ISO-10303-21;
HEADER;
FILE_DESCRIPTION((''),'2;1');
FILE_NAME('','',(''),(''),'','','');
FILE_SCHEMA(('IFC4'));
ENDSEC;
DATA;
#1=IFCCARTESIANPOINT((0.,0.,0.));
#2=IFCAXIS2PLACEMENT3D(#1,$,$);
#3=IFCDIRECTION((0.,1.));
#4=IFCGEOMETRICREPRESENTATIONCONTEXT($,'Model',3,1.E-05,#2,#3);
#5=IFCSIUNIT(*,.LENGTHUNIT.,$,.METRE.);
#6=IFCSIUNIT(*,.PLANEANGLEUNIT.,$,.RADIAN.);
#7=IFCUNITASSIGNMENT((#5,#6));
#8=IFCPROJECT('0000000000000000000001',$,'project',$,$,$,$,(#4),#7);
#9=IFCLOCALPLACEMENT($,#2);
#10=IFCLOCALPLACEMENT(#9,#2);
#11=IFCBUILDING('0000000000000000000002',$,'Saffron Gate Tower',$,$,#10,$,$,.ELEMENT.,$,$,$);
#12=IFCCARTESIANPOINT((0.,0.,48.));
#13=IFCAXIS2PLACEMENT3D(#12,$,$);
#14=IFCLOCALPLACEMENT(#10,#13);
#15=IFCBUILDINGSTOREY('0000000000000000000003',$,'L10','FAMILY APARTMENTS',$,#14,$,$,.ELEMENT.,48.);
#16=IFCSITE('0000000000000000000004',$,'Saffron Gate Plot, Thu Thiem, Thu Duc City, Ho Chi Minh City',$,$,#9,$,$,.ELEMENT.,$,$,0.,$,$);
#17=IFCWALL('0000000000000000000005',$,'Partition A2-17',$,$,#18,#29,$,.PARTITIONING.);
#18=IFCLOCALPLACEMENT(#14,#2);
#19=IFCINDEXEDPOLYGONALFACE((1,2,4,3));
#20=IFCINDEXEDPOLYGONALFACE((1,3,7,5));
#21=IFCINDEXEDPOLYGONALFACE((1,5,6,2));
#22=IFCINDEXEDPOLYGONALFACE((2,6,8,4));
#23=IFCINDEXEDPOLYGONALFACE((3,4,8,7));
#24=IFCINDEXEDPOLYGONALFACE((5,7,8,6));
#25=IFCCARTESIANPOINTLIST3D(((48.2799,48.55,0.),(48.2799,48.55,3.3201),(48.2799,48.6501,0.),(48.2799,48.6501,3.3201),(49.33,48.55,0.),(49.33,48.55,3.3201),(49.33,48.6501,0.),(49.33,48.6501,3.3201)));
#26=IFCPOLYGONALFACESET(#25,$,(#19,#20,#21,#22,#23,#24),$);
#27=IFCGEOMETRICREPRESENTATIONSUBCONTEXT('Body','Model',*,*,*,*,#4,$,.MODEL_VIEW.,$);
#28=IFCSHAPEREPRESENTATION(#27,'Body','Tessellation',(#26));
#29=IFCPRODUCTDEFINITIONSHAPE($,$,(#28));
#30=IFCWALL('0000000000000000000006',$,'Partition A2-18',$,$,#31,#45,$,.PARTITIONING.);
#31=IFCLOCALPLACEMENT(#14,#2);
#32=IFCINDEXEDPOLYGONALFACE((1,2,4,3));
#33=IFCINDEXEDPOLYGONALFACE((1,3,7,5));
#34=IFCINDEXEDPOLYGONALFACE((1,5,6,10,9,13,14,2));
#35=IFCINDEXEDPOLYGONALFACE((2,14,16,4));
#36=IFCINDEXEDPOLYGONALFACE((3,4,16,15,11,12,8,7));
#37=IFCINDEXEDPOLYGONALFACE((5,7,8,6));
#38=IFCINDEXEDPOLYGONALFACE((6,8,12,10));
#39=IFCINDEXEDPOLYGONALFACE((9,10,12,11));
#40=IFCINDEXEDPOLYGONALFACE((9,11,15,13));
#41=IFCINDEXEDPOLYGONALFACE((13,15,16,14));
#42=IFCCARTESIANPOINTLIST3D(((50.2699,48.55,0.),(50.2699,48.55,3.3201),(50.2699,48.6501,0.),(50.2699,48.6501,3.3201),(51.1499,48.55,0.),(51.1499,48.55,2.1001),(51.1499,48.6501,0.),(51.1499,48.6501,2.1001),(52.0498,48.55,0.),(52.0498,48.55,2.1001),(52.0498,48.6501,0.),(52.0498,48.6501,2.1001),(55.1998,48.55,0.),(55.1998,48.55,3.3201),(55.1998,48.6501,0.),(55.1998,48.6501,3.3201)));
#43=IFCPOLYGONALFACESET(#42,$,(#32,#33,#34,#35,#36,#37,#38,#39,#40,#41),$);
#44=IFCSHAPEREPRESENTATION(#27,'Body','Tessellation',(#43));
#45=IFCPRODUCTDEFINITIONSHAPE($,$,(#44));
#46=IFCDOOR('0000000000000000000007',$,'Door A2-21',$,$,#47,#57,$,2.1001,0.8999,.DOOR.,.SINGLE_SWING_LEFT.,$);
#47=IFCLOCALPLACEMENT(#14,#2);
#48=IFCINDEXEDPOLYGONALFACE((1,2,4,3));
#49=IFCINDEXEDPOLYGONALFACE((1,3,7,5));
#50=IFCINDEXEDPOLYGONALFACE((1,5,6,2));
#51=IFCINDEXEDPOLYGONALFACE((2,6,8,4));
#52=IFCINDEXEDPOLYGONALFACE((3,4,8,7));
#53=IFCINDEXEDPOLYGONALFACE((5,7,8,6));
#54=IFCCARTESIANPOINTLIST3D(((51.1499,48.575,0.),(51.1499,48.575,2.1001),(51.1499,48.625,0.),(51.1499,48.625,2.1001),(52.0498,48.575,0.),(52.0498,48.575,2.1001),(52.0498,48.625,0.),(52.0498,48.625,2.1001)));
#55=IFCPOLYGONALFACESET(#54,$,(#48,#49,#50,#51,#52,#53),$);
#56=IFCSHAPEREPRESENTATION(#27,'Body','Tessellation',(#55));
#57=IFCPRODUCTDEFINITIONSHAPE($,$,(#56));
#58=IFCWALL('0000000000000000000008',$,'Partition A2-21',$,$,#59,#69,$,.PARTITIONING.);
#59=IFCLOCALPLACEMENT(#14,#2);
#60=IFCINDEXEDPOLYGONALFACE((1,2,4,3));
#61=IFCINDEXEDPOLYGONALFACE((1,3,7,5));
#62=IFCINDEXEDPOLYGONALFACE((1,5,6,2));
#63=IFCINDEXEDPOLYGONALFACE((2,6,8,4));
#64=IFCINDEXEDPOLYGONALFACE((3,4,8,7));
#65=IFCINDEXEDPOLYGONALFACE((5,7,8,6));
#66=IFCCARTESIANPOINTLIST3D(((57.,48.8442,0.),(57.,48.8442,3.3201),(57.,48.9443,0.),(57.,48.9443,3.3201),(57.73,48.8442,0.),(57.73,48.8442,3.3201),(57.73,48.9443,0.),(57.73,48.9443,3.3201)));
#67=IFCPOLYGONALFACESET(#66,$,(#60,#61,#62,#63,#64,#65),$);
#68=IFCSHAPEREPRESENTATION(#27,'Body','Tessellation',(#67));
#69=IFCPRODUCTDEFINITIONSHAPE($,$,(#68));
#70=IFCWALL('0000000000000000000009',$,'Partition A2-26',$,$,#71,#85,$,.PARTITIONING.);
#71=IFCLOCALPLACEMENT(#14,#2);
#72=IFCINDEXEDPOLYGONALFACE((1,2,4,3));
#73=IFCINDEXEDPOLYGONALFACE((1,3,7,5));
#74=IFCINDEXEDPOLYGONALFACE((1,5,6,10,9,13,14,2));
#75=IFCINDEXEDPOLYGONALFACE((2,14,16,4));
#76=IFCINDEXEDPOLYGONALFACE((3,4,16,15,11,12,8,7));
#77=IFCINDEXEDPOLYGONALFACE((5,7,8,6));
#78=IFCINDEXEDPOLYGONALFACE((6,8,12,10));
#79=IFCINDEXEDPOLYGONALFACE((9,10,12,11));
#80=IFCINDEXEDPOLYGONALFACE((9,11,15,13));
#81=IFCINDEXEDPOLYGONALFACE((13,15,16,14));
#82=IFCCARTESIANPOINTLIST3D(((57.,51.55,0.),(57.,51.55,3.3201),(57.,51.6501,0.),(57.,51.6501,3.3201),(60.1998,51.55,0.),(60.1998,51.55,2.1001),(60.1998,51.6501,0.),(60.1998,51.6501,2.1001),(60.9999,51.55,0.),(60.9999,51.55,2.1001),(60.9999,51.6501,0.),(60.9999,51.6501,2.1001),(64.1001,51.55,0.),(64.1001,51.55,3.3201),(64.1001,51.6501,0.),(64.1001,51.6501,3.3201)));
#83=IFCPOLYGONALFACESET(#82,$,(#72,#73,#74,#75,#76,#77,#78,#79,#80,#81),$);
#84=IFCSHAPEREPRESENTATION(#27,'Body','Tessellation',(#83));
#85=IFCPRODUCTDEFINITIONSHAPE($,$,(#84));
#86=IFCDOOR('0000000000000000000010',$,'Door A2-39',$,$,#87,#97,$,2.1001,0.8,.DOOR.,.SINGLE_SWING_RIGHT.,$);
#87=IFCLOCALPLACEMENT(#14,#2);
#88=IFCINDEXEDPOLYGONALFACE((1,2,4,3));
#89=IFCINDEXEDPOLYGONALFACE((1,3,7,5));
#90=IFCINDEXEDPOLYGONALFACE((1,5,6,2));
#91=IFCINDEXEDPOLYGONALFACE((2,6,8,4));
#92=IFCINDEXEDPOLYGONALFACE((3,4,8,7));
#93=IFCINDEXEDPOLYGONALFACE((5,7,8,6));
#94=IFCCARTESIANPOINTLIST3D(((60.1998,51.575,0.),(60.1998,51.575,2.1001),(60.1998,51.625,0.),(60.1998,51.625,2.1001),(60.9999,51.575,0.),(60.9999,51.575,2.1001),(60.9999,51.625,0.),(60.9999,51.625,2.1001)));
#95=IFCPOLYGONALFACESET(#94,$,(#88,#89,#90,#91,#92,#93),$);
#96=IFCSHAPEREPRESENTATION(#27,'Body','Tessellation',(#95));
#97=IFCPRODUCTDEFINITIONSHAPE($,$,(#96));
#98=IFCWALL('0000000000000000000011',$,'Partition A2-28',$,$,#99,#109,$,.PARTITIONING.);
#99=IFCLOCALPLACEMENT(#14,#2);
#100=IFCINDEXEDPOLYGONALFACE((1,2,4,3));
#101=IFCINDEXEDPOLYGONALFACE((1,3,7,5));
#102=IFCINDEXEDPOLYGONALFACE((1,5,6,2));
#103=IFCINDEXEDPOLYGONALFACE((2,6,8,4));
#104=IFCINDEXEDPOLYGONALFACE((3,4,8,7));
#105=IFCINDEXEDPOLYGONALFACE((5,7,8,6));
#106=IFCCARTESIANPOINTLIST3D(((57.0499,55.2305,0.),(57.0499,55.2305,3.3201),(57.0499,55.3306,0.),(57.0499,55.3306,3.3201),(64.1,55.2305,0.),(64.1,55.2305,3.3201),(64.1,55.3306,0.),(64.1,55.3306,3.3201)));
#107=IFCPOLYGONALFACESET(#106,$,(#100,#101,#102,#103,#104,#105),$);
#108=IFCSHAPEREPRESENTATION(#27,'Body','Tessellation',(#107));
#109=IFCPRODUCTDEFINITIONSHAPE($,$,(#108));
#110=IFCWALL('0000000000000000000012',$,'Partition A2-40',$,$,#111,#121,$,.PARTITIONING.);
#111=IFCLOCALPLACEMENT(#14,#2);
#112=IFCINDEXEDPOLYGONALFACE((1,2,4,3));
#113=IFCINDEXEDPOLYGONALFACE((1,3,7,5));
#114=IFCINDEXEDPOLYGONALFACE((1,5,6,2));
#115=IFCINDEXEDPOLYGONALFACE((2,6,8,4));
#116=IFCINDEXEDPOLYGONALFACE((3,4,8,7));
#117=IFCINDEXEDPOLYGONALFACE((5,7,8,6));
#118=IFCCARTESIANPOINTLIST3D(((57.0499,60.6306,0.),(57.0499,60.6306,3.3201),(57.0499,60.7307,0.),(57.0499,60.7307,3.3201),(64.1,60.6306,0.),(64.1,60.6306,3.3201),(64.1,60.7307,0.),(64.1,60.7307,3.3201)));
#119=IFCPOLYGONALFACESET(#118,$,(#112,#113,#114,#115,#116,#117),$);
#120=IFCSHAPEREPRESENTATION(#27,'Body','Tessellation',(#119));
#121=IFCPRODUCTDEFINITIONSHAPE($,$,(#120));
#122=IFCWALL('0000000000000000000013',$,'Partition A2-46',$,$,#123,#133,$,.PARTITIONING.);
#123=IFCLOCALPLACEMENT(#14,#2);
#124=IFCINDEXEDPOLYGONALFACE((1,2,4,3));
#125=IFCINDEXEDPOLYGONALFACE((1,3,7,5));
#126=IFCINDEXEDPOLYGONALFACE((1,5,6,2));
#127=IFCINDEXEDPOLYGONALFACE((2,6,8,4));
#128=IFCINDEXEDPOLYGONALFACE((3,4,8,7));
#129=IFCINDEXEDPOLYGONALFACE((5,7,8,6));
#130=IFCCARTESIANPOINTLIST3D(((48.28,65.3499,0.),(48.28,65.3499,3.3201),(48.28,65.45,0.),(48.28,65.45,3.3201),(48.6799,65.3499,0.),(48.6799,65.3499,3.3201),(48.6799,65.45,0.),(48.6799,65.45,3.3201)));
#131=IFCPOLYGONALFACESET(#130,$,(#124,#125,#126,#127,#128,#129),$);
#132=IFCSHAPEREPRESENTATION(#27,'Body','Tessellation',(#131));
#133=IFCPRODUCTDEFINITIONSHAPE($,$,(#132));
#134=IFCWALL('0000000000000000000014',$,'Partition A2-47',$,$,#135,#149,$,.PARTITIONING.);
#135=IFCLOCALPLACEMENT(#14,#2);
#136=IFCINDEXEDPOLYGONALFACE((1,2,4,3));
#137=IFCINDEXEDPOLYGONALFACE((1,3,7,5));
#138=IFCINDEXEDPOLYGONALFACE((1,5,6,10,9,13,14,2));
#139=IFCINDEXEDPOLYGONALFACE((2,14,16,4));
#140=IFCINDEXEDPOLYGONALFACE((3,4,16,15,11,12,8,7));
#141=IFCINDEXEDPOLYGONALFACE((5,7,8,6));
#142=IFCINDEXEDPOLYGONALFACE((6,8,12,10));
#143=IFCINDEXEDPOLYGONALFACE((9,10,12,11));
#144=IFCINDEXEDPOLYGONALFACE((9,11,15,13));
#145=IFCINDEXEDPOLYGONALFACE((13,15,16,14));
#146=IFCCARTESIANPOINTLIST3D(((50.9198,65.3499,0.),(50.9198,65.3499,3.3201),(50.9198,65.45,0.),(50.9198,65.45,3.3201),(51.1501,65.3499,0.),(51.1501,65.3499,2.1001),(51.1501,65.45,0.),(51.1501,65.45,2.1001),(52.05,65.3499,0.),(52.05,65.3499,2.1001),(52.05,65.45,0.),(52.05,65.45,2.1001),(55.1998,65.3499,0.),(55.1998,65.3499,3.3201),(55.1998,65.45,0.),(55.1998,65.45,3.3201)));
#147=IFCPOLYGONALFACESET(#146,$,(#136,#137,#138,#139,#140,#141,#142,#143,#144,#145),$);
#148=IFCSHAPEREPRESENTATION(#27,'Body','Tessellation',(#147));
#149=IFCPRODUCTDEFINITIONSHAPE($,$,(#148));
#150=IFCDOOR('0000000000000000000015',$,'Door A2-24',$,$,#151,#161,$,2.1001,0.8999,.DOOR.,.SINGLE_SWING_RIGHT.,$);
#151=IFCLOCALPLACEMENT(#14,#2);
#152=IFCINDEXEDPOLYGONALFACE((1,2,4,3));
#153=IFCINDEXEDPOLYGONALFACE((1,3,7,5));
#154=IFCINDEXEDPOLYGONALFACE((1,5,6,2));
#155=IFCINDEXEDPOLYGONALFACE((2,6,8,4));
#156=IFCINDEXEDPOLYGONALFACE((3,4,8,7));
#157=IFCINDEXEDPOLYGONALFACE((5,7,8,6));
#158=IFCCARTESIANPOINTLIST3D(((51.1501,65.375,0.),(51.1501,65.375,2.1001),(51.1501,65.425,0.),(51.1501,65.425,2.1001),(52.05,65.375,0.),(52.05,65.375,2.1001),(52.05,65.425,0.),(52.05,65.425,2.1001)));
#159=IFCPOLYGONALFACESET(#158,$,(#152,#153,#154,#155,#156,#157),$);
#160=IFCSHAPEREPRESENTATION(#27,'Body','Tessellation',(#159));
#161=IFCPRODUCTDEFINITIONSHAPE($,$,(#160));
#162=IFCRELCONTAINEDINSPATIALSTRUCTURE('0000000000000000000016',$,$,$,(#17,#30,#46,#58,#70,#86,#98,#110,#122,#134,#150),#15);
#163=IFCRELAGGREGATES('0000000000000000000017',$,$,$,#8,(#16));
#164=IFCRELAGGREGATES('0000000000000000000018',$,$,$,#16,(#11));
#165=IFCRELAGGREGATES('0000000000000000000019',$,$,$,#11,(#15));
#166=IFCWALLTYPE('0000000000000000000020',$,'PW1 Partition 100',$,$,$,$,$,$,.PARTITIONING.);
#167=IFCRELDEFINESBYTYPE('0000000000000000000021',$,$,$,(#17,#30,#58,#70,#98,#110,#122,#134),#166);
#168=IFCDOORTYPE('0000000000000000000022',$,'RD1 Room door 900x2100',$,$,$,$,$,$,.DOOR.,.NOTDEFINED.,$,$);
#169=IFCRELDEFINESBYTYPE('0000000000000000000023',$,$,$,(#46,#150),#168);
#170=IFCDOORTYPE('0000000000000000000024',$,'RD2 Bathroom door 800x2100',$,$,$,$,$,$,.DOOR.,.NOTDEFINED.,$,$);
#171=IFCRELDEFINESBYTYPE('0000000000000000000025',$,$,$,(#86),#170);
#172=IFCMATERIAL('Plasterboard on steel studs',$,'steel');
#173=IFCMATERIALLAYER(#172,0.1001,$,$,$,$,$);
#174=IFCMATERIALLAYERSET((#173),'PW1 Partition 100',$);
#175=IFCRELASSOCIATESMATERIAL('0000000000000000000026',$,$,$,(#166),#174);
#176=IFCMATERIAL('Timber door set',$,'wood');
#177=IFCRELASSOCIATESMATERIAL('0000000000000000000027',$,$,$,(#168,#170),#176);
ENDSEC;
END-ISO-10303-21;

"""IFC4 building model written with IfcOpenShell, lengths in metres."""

from ifc_helpers import new_model, si_unit, direction, frame, frame_2d, origin, place, context, subcontext, project, spatial, rectangle, extrude, material, layer, layer_set, type_object, element, fill, save


model = new_model("IFC4")

# Units and contexts
model_context = context("Model", 3, precision=1e-05, world=origin(), true_north=direction((0.0, 1.0)))
body_context = subcontext(model_context, "Body", "Model", "MODEL_VIEW")
ifc_project = project(units=[si_unit("LENGTHUNIT", "METRE"), si_unit("PLANEANGLEUNIT", "RADIAN")], contexts=[model_context])

# Site, building, storey
site_placement = place(None, origin())
site = spatial("IfcSite", under=ifc_project, at=site_placement, Name="Saffron Gate Plot, Thu Thiem, Thu Duc City, Ho Chi Minh City", CompositionType="ELEMENT", RefElevation=0.0)
building_placement = place(site_placement, origin())
building = spatial("IfcBuilding", under=site, at=building_placement, Name="Saffron Gate Tower", CompositionType="ELEMENT")
storey_placement = place(building_placement, frame((0.0, 0.0, 48.0)))
storey = spatial("IfcBuildingStorey", under=building, at=storey_placement, Name="L10", Description="FAMILY APARTMENTS", CompositionType="ELEMENT", Elevation=48.0)

# Wall
ifc_material_1 = material(Name="Plasterboard on steel studs", Category="steel")
ifc_layer_1 = layer(ifc_material_1, 0.1001)
ifc_layer_set_1 = layer_set([ifc_layer_1], Name="PW1 Partition 100")
wall_type_1 = type_object("IfcWallType", Name="PW1 Partition 100", PredefinedType="PARTITIONING", material=ifc_layer_set_1)
wall_1_placement = place(storey_placement, frame((48.28, 48.6001, 0.0), z_axis=(0.0, 0.0, 1.0), x_axis=(1.0, 0.0, 0.0)))
element("IfcWall", 1, at=wall_1_placement, inside=storey, type_object=wall_type_1, Name="Partition A2-17", PredefinedType="PARTITIONING", context=body_context, shape_type="SweptSolid", body=[
    extrude(rectangle(XDim=1.05, YDim=0.1001, at=frame_2d((0.5249, 0.0))), origin(), (0.0, 0.0, 1.0), 3.3201),
])

# Wall, opening, door
wall_2_placement = place(storey_placement, frame((50.27, 48.6001, 0.0), z_axis=(0.0, 0.0, 1.0), x_axis=(1.0, 0.0, 0.0)))
wall_2 = element("IfcWall", 2, at=wall_2_placement, inside=storey, type_object=wall_type_1, Name="Partition A2-18", PredefinedType="PARTITIONING", context=body_context, shape_type="SweptSolid", body=[
    extrude(rectangle(XDim=4.9299, YDim=0.1001, at=frame_2d((2.4648, 0.0))), origin(), (0.0, 0.0, 1.0), 3.3201),
])
opening_1_placement = place(wall_2_placement, frame((0.8799, 0.0, 0.0)))
opening_1 = element("IfcOpeningElement", 3, at=opening_1_placement, cuts=wall_2, PredefinedType="OPENING", context=body_context, shape_type="SweptSolid", body=[
    extrude(rectangle(XDim=0.8999, YDim=2.1001, at=frame_2d((0.45, 1.05))), frame((0.0, 0.0601, 0.0), z_axis=(0.0, -1.0, 0.0), x_axis=(1.0, 0.0, 0.0)), (0.0, 0.0, 1.0), 0.1201),
])
ifc_material_2 = material(Name="Timber door set", Category="wood")
door_type_1 = type_object("IfcDoorType", Name="RD1 Room door 900x2100", OperationType="NOTDEFINED", PredefinedType="DOOR", material=ifc_material_2)
door_1_placement = place(opening_1_placement, origin())
door_1 = element("IfcDoor", 4, at=door_1_placement, inside=storey, type_object=door_type_1, Name="Door A2-21", OperationType="SINGLE_SWING_LEFT", OverallHeight=2.1001, OverallWidth=0.8999, PredefinedType="DOOR", context=body_context, shape_type="SweptSolid", body=[
    extrude(rectangle(XDim=0.8999, YDim=2.1001, at=frame_2d((0.45, 1.05))), frame((0.0, 0.0249, 0.0), z_axis=(0.0, -1.0, 0.0), x_axis=(1.0, 0.0, 0.0)), (0.0, 0.0, 1.0), 0.05),
])
fill(opening_1, door_1)

# Wall
wall_3_placement = place(storey_placement, frame((57.0, 48.8943, 0.0), z_axis=(0.0, 0.0, 1.0), x_axis=(1.0, 0.0, 0.0)))
element("IfcWall", 5, at=wall_3_placement, inside=storey, type_object=wall_type_1, Name="Partition A2-21", PredefinedType="PARTITIONING", context=body_context, shape_type="SweptSolid", body=[
    extrude(rectangle(XDim=0.73, YDim=0.1001, at=frame_2d((0.365, 0.0))), origin(), (0.0, 0.0, 1.0), 3.3201),
])

# Wall, opening, door
wall_4_placement = place(storey_placement, frame((57.0, 51.6001, 0.0), z_axis=(0.0, 0.0, 1.0), x_axis=(1.0, 0.0, 0.0)))
wall_4 = element("IfcWall", 6, at=wall_4_placement, inside=storey, type_object=wall_type_1, Name="Partition A2-26", PredefinedType="PARTITIONING", context=body_context, shape_type="SweptSolid", body=[
    extrude(rectangle(XDim=7.1001, YDim=0.1001, at=frame_2d((3.55, 0.0))), origin(), (0.0, 0.0, 1.0), 3.3201),
])
opening_2_placement = place(wall_4_placement, frame((3.2, 0.0, 0.0)))
opening_2 = element("IfcOpeningElement", 7, at=opening_2_placement, cuts=wall_4, PredefinedType="OPENING", context=body_context, shape_type="SweptSolid", body=[
    extrude(rectangle(XDim=0.8, YDim=2.1001, at=frame_2d((0.3999, 1.05))), frame((0.0, 0.0601, 0.0), z_axis=(0.0, -1.0, 0.0), x_axis=(1.0, 0.0, 0.0)), (0.0, 0.0, 1.0), 0.1201),
])
door_type_2 = type_object("IfcDoorType", Name="RD2 Bathroom door 800x2100", OperationType="NOTDEFINED", PredefinedType="DOOR", material=ifc_material_2)
door_2_placement = place(opening_2_placement, origin())
door_2 = element("IfcDoor", 8, at=door_2_placement, inside=storey, type_object=door_type_2, Name="Door A2-39", OperationType="SINGLE_SWING_RIGHT", OverallHeight=2.1001, OverallWidth=0.8, PredefinedType="DOOR", context=body_context, shape_type="SweptSolid", body=[
    extrude(rectangle(XDim=0.8, YDim=2.1001, at=frame_2d((0.3999, 1.05))), frame((0.0, 0.0249, 0.0), z_axis=(0.0, -1.0, 0.0), x_axis=(1.0, 0.0, 0.0)), (0.0, 0.0, 1.0), 0.05),
])
fill(opening_2, door_2)

# Walls
for number, where, z_axis, x_axis, name in (
    (9, (57.05, 55.2805, 0.0), (0.0, 0.0, 1.0), (1.0, 0.0, 0.0), "Partition A2-28"),
    (10, (57.05, 60.6807, 0.0), (0.0, 0.0, 1.0), (1.0, 0.0, 0.0), "Partition A2-40"),
):
    element("IfcWall", number, at=place(storey_placement, frame(where, z_axis=z_axis, x_axis=x_axis)), inside=storey, type_object=wall_type_1, Name=name, PredefinedType="PARTITIONING", context=body_context, shape_type="SweptSolid", body=[
        extrude(rectangle(XDim=7.05, YDim=0.1001, at=frame_2d((3.5249, 0.0))), origin(), (0.0, 0.0, 1.0), 3.3201),
    ])
wall_5_placement = place(storey_placement, frame((48.28, 65.3999, 0.0), z_axis=(0.0, 0.0, 1.0), x_axis=(1.0, 0.0, 0.0)))
element("IfcWall", 11, at=wall_5_placement, inside=storey, type_object=wall_type_1, Name="Partition A2-46", PredefinedType="PARTITIONING", context=body_context, shape_type="SweptSolid", body=[
    extrude(rectangle(XDim=0.3999, YDim=0.1001, at=frame_2d((0.2, 0.0))), origin(), (0.0, 0.0, 1.0), 3.3201),
])

# Wall, opening, door
wall_6_placement = place(storey_placement, frame((55.2, 65.3999, 0.0), z_axis=(0.0, 0.0, 1.0), x_axis=(-1.0, 0.0, 0.0)))
wall_6 = element("IfcWall", 12, at=wall_6_placement, inside=storey, type_object=wall_type_1, Name="Partition A2-47", PredefinedType="PARTITIONING", context=body_context, shape_type="SweptSolid", body=[
    extrude(rectangle(XDim=4.28, YDim=0.1001, at=frame_2d((2.1401, 0.0))), origin(), (0.0, 0.0, 1.0), 3.3201),
])
opening_3_placement = place(wall_6_placement, frame((3.1499, 0.0, 0.0)))
opening_3 = element("IfcOpeningElement", 13, at=opening_3_placement, cuts=wall_6, PredefinedType="OPENING", context=body_context, shape_type="SweptSolid", body=[
    extrude(rectangle(XDim=0.8999, YDim=2.1001, at=frame_2d((0.45, 1.05))), frame((0.0, 0.0601, 0.0), z_axis=(0.0, -1.0, 0.0), x_axis=(1.0, 0.0, 0.0)), (0.0, 0.0, 1.0), 0.1201),
])
door_3_placement = place(opening_3_placement, origin())
door_3 = element("IfcDoor", 14, at=door_3_placement, inside=storey, type_object=door_type_1, Name="Door A2-24", OperationType="SINGLE_SWING_RIGHT", OverallHeight=2.1001, OverallWidth=0.8999, PredefinedType="DOOR", context=body_context, shape_type="SweptSolid", body=[
    extrude(rectangle(XDim=0.8999, YDim=2.1001, at=frame_2d((0.45, 1.05))), frame((0.0, 0.0249, 0.0), z_axis=(0.0, -1.0, 0.0), x_axis=(1.0, 0.0, 0.0)), (0.0, 0.0, 1.0), 0.05),
])
fill(opening_3, door_3)

save(model, "model.ifc")
